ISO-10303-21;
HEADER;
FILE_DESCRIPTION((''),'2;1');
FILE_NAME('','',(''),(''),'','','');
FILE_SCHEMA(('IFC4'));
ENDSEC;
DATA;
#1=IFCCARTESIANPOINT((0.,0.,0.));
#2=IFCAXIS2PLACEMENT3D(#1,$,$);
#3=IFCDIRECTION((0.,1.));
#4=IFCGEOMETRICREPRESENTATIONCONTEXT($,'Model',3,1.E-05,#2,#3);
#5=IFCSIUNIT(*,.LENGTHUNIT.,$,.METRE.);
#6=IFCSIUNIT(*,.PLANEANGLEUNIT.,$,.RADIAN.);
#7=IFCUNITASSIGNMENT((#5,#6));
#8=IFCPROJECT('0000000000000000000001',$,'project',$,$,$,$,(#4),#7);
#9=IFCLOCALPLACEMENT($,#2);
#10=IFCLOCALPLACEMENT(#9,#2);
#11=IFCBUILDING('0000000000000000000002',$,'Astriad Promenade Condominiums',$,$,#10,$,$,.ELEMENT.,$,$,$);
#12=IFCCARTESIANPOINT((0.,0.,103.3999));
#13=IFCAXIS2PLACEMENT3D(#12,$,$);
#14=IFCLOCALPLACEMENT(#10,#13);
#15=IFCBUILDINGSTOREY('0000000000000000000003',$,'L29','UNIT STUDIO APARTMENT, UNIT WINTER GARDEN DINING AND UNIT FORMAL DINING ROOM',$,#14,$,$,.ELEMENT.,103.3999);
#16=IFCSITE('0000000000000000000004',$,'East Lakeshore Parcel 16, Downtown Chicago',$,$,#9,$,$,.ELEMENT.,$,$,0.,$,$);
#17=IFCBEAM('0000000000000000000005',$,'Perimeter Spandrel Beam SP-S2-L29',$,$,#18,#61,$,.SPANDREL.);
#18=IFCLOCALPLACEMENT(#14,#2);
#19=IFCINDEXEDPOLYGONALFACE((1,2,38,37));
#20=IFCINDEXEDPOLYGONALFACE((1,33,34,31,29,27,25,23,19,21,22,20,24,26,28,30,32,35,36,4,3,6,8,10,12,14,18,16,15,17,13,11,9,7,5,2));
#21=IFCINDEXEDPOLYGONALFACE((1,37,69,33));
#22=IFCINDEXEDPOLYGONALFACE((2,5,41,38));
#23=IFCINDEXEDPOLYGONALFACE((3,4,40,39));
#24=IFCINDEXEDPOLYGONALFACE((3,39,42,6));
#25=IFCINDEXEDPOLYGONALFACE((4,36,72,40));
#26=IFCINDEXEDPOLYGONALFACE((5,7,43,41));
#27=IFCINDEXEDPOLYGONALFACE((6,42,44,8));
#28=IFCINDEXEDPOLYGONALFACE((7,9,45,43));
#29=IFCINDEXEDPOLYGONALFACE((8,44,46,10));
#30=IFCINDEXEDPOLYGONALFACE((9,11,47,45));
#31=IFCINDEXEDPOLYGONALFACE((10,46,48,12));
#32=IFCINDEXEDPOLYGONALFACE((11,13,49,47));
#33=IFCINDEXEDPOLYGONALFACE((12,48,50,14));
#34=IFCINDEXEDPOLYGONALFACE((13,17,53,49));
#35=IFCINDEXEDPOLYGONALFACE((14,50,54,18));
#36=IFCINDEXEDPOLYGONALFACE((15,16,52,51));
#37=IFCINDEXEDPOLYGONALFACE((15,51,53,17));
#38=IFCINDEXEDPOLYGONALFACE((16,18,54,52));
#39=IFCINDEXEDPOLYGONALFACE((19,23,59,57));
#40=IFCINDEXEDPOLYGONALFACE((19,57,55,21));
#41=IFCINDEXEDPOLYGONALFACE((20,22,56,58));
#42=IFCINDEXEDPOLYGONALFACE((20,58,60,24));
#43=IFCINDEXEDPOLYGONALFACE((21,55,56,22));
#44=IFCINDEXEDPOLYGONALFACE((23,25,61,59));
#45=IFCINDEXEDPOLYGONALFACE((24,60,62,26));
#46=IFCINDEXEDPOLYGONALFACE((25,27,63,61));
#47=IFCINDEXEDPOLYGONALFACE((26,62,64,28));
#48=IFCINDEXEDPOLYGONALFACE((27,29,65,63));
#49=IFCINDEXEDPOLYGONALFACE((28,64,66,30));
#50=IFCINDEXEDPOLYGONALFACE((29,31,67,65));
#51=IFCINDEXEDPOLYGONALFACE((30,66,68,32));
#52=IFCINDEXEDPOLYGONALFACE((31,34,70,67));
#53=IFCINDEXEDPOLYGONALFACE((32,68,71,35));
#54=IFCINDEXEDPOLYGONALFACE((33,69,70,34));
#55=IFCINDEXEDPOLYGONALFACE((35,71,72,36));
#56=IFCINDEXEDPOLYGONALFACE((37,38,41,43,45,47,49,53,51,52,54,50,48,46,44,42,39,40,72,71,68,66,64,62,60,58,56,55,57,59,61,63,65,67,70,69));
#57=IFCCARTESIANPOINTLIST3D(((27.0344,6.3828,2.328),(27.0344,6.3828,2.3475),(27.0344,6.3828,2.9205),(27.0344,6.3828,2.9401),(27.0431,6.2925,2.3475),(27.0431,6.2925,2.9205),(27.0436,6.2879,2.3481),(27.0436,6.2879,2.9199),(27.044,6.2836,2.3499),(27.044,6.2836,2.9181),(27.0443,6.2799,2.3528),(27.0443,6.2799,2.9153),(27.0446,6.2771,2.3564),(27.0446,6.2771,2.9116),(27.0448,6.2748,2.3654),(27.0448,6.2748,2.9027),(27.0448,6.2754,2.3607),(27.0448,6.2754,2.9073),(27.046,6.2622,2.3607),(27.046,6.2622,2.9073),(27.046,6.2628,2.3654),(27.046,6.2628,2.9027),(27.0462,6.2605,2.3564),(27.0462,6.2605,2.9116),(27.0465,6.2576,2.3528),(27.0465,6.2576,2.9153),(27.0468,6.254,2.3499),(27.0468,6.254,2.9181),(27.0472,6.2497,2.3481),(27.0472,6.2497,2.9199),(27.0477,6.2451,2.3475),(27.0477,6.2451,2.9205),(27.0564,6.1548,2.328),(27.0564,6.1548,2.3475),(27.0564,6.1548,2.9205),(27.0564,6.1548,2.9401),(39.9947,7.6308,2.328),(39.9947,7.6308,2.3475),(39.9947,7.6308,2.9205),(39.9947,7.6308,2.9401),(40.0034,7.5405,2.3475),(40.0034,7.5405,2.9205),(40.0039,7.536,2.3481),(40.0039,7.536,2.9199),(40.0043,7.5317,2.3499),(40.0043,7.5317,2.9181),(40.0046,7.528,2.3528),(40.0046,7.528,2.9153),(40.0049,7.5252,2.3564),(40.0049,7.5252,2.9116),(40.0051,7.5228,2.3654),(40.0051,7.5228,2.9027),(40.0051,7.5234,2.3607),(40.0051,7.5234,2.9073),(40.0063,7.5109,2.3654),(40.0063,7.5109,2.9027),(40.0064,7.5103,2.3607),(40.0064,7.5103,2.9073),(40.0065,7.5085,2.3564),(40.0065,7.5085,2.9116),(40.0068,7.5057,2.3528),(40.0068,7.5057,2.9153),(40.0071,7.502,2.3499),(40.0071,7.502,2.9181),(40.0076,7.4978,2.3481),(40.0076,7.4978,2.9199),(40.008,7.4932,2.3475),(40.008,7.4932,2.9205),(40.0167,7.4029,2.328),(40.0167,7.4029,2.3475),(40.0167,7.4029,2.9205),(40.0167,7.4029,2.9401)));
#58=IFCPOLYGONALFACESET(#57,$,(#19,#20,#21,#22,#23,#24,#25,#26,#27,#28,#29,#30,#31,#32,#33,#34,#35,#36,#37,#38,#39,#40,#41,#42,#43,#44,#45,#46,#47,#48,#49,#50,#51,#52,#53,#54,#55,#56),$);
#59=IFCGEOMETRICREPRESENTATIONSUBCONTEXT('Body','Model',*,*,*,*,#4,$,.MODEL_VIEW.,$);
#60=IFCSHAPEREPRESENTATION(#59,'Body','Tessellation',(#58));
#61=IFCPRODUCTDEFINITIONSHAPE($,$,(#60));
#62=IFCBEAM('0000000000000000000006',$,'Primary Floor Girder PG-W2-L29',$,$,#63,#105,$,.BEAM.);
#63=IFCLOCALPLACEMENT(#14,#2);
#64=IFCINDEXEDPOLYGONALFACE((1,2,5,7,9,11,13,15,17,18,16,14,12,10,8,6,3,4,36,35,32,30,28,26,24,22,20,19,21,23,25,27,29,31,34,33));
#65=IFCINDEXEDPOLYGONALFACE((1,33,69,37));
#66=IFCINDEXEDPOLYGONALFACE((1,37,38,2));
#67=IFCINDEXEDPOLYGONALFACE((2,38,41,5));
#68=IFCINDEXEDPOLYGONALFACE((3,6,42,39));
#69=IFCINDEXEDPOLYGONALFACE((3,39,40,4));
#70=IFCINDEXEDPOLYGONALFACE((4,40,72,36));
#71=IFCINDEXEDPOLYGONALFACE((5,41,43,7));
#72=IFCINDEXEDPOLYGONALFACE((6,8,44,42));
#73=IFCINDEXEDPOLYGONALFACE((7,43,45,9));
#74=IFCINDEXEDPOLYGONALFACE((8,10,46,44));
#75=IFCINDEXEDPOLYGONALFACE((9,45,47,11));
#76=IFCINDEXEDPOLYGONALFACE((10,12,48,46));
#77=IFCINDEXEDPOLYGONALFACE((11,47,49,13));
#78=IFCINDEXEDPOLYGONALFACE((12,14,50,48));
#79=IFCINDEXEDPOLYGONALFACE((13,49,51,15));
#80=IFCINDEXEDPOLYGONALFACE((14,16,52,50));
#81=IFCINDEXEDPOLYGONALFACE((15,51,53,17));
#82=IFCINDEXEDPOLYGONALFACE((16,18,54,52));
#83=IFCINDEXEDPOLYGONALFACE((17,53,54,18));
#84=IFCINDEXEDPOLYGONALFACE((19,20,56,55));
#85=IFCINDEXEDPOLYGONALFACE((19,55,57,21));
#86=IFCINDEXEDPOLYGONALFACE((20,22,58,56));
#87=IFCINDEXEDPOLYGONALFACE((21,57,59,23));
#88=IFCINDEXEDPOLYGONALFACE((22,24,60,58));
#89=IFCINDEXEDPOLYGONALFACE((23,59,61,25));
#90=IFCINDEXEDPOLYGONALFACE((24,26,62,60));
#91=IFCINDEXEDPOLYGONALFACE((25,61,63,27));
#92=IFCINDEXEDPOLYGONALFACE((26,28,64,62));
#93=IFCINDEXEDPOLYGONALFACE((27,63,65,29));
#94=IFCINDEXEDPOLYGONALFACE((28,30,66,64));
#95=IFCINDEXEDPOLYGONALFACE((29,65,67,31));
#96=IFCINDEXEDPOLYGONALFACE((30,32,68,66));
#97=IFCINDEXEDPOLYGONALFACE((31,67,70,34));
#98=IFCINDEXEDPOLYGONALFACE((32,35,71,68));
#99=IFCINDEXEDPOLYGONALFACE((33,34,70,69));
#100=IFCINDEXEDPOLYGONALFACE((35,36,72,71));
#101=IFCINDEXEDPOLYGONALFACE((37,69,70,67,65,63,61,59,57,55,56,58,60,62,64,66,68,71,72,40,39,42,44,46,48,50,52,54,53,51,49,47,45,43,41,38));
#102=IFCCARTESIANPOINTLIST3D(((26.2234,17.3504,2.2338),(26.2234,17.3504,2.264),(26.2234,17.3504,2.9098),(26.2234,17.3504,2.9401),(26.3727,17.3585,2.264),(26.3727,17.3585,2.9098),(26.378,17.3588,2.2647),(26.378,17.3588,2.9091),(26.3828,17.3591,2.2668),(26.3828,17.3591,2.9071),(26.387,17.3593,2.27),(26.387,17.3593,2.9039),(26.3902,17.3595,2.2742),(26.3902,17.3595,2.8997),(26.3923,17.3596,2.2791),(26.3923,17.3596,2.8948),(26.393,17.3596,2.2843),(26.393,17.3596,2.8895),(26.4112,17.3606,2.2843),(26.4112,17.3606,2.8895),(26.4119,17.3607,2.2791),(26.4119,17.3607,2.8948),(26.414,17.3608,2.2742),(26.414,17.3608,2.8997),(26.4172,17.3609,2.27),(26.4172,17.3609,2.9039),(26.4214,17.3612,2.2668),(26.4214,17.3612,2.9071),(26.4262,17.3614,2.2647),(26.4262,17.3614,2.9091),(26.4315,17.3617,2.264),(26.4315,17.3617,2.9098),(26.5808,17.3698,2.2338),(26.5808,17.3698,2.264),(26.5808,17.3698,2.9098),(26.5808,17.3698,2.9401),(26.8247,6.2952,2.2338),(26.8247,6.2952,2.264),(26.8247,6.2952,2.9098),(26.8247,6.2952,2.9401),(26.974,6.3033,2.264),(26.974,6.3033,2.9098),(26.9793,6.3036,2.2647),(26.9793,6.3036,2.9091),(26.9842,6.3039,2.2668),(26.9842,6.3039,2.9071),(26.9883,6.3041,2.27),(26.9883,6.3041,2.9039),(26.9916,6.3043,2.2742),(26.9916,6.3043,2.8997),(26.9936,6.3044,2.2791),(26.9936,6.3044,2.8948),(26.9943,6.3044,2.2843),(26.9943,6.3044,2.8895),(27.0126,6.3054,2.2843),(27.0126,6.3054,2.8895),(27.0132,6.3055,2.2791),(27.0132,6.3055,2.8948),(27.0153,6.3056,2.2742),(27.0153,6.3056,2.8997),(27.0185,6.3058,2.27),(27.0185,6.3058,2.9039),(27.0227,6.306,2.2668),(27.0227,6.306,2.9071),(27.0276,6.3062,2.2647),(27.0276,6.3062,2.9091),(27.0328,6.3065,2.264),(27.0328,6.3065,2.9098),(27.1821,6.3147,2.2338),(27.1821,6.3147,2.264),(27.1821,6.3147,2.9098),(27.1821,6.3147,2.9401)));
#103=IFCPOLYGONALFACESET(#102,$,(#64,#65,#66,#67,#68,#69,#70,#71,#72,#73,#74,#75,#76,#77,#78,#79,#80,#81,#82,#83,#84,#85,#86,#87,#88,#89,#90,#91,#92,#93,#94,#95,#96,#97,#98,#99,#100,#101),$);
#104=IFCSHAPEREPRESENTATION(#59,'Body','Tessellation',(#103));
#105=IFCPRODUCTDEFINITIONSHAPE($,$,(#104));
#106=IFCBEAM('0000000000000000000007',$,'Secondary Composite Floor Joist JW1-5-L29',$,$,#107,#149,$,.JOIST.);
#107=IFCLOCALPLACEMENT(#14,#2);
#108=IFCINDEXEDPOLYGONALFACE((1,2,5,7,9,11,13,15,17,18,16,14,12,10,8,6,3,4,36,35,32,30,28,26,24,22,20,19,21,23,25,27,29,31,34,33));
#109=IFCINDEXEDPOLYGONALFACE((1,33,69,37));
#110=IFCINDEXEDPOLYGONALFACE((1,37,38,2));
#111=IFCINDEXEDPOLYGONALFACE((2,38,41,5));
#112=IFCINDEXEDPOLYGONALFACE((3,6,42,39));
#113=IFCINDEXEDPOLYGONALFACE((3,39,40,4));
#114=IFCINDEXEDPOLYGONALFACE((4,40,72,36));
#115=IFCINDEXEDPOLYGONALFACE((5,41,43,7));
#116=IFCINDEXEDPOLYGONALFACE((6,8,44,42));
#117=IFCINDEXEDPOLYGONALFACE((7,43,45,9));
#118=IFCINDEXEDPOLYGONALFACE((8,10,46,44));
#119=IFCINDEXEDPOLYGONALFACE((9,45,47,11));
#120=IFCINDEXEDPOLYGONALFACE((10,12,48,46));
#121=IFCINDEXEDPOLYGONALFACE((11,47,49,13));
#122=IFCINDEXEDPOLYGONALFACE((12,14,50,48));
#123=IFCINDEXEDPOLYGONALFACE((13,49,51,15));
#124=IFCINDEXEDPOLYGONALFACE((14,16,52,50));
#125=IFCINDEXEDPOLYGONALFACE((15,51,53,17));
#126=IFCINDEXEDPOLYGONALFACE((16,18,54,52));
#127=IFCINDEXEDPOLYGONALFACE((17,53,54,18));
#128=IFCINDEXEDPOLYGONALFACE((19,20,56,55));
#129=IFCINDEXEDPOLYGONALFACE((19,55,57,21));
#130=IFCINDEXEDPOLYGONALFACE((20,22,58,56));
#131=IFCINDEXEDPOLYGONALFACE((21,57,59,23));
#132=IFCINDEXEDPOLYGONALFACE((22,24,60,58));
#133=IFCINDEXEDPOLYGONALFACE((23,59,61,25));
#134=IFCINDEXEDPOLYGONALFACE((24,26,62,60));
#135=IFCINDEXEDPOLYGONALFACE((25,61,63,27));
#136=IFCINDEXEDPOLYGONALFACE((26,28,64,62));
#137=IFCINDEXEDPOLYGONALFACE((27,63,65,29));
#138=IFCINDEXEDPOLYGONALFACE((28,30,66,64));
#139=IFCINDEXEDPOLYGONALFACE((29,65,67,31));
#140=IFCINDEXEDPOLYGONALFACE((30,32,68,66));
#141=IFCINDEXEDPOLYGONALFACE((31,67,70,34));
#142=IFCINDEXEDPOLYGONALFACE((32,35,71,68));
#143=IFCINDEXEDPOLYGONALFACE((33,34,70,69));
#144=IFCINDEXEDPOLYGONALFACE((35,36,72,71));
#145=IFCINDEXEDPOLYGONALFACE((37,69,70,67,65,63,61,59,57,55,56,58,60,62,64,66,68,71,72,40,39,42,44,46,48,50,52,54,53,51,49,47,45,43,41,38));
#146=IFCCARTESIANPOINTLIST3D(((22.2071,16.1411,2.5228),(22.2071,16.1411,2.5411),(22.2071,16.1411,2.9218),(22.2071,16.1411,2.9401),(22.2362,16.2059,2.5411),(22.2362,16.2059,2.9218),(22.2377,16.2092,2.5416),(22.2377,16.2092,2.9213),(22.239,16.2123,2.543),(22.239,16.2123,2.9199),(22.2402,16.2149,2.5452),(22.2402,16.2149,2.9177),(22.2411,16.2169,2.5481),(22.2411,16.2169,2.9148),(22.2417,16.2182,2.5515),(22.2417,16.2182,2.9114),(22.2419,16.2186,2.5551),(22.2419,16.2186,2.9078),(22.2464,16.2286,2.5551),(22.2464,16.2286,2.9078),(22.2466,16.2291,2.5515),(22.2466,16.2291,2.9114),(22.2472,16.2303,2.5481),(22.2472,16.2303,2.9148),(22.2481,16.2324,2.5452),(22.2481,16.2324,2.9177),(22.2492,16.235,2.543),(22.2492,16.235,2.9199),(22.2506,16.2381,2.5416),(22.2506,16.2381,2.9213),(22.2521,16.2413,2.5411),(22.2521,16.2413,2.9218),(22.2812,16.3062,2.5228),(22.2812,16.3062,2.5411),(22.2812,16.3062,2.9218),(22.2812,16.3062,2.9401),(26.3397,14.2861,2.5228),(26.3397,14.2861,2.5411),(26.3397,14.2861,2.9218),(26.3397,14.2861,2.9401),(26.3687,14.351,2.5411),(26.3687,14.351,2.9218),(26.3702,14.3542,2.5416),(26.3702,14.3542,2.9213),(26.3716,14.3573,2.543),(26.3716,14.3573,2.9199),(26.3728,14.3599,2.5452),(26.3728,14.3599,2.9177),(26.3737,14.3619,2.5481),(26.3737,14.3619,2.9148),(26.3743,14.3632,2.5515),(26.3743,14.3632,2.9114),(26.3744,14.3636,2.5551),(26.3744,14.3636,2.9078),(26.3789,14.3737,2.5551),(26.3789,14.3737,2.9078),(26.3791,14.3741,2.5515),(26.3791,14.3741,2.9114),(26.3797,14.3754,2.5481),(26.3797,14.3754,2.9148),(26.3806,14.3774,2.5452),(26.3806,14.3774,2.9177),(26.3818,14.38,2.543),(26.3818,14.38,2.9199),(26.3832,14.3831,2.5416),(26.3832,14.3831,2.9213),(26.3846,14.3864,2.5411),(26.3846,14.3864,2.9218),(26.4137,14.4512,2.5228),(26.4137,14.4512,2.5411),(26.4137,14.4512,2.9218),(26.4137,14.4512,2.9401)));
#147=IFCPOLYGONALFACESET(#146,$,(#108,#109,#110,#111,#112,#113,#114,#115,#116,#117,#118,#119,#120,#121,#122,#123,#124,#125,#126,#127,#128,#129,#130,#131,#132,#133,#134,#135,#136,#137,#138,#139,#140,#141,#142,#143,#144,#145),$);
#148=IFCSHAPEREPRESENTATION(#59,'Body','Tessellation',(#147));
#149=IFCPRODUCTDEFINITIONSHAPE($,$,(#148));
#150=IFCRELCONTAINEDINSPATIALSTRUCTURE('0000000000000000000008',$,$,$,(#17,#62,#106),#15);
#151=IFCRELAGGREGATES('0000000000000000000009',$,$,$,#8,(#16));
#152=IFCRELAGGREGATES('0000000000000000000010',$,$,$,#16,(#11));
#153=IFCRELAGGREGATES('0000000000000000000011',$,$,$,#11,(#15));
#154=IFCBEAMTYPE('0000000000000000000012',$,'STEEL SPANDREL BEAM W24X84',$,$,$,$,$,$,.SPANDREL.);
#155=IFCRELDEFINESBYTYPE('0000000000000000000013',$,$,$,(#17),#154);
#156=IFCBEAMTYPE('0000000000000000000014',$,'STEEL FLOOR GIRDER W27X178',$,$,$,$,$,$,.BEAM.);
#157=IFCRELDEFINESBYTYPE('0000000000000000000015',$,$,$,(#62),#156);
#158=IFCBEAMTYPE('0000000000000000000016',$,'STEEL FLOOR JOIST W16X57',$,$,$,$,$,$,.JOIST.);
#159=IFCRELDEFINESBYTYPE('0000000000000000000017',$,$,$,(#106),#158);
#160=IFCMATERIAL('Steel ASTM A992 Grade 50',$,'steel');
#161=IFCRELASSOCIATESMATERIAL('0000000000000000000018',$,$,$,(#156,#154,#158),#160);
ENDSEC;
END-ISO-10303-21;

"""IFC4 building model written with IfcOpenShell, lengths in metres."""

from ifc_helpers import new_model, si_unit, direction, frame, origin, origin_2d, place, context, subcontext, project, spatial, i_section, extrude, source, transform, mapped, material, material_profile, profile_set, type_object, type_shapes, element, save


model = new_model("IFC4")

# Units and contexts
model_context = context("Model", 3, precision=1e-05, world=origin(), true_north=direction((0.0, 1.0)))
body_context = subcontext(model_context, "Body", "Model", "MODEL_VIEW")
ifc_project = project(units=[si_unit("LENGTHUNIT", "METRE"), si_unit("PLANEANGLEUNIT", "RADIAN")], contexts=[model_context])

# Site, building, storey
site_placement = place(None, origin())
site = spatial("IfcSite", under=ifc_project, at=site_placement, Name="East Lakeshore Parcel 16, Downtown Chicago", CompositionType="ELEMENT", RefElevation=0.0)
building_placement = place(site_placement, origin())
building = spatial("IfcBuilding", under=site, at=building_placement, Name="Astriad Promenade Condominiums", CompositionType="ELEMENT")
storey_placement = place(building_placement, frame((0.0, 0.0, 103.3999)))
storey = spatial("IfcBuildingStorey", under=building, at=storey_placement, Name="L29", Description="UNIT STUDIO APARTMENT, UNIT WINTER GARDEN DINING AND UNIT FORMAL DINING ROOM", CompositionType="ELEMENT", Elevation=103.3999)

# Shared definitions
ifc_material_1 = material(Name="Steel ASTM A992 Grade 50", Category="steel")

# Beams
ifc_material_profile_1 = material_profile(ifc_material_1, i_section(OverallWidth=0.3579, OverallDepth=0.7063, WebThickness=0.0183, FlangeThickness=0.0303, FilletRadius=0.0203, at=origin_2d()), Name="W27X178")
ifc_profile_set_1 = profile_set([ifc_material_profile_1], Name="Steel ASTM A992 Grade 50")
beam_type_1 = type_object("IfcBeamType", Name="STEEL FLOOR GIRDER W27X178", PredefinedType="BEAM", material=ifc_profile_set_1)
ifc_material_profile_2 = material_profile(ifc_material_1, i_section(OverallWidth=0.229, OverallDepth=0.6121, WebThickness=0.012, FlangeThickness=0.0195, FilletRadius=0.0178, at=origin_2d()), Name="W24X84")
ifc_profile_set_2 = profile_set([ifc_material_profile_2], Name="Steel ASTM A992 Grade 50")
beam_type_2 = type_object("IfcBeamType", Name="STEEL SPANDREL BEAM W24X84", PredefinedType="SPANDREL", material=ifc_profile_set_2)
shared_shape_1 = source(origin(), body_context, "Body", "SweptSolid", [
    extrude(i_section(OverallWidth=0.229, OverallDepth=0.6121, WebThickness=0.012, FlangeThickness=0.0195, FilletRadius=0.0178, at=origin_2d()), origin(), (0.0, 0.0, 1.0), 13.0203),
])
type_shapes(beam_type_2, [shared_shape_1])
beam_1_placement = place(storey_placement, frame((27.0454, 6.2688, 2.634), z_axis=(0.995395, 0.095855, 0.0), x_axis=(-0.095855, 0.995395, 0.0)))
element("IfcBeam", 1, at=beam_1_placement, inside=storey, type_object=beam_type_2, Name="Perimeter Spandrel Beam SP-S2-L29", PredefinedType="SPANDREL", context=body_context, shape_type="MappedRepresentation", body=[
    mapped(shared_shape_1, transform((0.0, 0.0, 0.0), scale=1.0)),
])
shared_shape_2 = source(origin(), body_context, "Body", "SweptSolid", [
    extrude(i_section(OverallWidth=0.3579, OverallDepth=0.7063, WebThickness=0.0183, FlangeThickness=0.0303, FilletRadius=0.0203, at=origin_2d()), origin(), (0.0, 0.0, 1.0), 11.0715),
])
beam_2_placement = place(storey_placement, frame((27.0034, 6.3049, 2.5869), z_axis=(-0.054312, 0.998524, 0.0), x_axis=(-0.998524, -0.054312, 0.0)))
element("IfcBeam", 2, at=beam_2_placement, inside=storey, type_object=beam_type_1, Name="Primary Floor Girder PG-W2-L29", PredefinedType="BEAM", context=body_context, shape_type="MappedRepresentation", body=[
    mapped(shared_shape_2, transform((0.0, 0.0, 0.0), scale=1.0)),
])
ifc_material_profile_3 = material_profile(ifc_material_1, i_section(OverallWidth=0.1809, OverallDepth=0.4172, WebThickness=0.011, FlangeThickness=0.0183, FilletRadius=0.0139, at=origin_2d()), Name="W16X57")
ifc_profile_set_3 = profile_set([ifc_material_profile_3], Name="Steel ASTM A992 Grade 50")
beam_type_3 = type_object("IfcBeamType", Name="STEEL FLOOR JOIST W16X57", PredefinedType="JOIST", material=ifc_profile_set_3)
shared_shape_3 = source(origin(), body_context, "Body", "SweptSolid", [
    extrude(i_section(OverallWidth=0.1809, OverallDepth=0.4172, WebThickness=0.011, FlangeThickness=0.0183, FilletRadius=0.0139, at=origin_2d()), origin(), (0.0, 0.0, 1.0), 4.5298),
])
beam_3_placement = place(storey_placement, frame((22.2441, 16.2236, 2.7314), z_axis=(0.912307, -0.409506, 0.0), x_axis=(0.409506, 0.912307, 0.0)))
element("IfcBeam", 3, at=beam_3_placement, inside=storey, type_object=beam_type_3, Name="Secondary Composite Floor Joist JW1-5-L29", PredefinedType="JOIST", context=body_context, shape_type="MappedRepresentation", body=[
    mapped(shared_shape_3, transform((0.0, 0.0, 0.0), scale=1.0)),
])

save(model, "model.ifc")
